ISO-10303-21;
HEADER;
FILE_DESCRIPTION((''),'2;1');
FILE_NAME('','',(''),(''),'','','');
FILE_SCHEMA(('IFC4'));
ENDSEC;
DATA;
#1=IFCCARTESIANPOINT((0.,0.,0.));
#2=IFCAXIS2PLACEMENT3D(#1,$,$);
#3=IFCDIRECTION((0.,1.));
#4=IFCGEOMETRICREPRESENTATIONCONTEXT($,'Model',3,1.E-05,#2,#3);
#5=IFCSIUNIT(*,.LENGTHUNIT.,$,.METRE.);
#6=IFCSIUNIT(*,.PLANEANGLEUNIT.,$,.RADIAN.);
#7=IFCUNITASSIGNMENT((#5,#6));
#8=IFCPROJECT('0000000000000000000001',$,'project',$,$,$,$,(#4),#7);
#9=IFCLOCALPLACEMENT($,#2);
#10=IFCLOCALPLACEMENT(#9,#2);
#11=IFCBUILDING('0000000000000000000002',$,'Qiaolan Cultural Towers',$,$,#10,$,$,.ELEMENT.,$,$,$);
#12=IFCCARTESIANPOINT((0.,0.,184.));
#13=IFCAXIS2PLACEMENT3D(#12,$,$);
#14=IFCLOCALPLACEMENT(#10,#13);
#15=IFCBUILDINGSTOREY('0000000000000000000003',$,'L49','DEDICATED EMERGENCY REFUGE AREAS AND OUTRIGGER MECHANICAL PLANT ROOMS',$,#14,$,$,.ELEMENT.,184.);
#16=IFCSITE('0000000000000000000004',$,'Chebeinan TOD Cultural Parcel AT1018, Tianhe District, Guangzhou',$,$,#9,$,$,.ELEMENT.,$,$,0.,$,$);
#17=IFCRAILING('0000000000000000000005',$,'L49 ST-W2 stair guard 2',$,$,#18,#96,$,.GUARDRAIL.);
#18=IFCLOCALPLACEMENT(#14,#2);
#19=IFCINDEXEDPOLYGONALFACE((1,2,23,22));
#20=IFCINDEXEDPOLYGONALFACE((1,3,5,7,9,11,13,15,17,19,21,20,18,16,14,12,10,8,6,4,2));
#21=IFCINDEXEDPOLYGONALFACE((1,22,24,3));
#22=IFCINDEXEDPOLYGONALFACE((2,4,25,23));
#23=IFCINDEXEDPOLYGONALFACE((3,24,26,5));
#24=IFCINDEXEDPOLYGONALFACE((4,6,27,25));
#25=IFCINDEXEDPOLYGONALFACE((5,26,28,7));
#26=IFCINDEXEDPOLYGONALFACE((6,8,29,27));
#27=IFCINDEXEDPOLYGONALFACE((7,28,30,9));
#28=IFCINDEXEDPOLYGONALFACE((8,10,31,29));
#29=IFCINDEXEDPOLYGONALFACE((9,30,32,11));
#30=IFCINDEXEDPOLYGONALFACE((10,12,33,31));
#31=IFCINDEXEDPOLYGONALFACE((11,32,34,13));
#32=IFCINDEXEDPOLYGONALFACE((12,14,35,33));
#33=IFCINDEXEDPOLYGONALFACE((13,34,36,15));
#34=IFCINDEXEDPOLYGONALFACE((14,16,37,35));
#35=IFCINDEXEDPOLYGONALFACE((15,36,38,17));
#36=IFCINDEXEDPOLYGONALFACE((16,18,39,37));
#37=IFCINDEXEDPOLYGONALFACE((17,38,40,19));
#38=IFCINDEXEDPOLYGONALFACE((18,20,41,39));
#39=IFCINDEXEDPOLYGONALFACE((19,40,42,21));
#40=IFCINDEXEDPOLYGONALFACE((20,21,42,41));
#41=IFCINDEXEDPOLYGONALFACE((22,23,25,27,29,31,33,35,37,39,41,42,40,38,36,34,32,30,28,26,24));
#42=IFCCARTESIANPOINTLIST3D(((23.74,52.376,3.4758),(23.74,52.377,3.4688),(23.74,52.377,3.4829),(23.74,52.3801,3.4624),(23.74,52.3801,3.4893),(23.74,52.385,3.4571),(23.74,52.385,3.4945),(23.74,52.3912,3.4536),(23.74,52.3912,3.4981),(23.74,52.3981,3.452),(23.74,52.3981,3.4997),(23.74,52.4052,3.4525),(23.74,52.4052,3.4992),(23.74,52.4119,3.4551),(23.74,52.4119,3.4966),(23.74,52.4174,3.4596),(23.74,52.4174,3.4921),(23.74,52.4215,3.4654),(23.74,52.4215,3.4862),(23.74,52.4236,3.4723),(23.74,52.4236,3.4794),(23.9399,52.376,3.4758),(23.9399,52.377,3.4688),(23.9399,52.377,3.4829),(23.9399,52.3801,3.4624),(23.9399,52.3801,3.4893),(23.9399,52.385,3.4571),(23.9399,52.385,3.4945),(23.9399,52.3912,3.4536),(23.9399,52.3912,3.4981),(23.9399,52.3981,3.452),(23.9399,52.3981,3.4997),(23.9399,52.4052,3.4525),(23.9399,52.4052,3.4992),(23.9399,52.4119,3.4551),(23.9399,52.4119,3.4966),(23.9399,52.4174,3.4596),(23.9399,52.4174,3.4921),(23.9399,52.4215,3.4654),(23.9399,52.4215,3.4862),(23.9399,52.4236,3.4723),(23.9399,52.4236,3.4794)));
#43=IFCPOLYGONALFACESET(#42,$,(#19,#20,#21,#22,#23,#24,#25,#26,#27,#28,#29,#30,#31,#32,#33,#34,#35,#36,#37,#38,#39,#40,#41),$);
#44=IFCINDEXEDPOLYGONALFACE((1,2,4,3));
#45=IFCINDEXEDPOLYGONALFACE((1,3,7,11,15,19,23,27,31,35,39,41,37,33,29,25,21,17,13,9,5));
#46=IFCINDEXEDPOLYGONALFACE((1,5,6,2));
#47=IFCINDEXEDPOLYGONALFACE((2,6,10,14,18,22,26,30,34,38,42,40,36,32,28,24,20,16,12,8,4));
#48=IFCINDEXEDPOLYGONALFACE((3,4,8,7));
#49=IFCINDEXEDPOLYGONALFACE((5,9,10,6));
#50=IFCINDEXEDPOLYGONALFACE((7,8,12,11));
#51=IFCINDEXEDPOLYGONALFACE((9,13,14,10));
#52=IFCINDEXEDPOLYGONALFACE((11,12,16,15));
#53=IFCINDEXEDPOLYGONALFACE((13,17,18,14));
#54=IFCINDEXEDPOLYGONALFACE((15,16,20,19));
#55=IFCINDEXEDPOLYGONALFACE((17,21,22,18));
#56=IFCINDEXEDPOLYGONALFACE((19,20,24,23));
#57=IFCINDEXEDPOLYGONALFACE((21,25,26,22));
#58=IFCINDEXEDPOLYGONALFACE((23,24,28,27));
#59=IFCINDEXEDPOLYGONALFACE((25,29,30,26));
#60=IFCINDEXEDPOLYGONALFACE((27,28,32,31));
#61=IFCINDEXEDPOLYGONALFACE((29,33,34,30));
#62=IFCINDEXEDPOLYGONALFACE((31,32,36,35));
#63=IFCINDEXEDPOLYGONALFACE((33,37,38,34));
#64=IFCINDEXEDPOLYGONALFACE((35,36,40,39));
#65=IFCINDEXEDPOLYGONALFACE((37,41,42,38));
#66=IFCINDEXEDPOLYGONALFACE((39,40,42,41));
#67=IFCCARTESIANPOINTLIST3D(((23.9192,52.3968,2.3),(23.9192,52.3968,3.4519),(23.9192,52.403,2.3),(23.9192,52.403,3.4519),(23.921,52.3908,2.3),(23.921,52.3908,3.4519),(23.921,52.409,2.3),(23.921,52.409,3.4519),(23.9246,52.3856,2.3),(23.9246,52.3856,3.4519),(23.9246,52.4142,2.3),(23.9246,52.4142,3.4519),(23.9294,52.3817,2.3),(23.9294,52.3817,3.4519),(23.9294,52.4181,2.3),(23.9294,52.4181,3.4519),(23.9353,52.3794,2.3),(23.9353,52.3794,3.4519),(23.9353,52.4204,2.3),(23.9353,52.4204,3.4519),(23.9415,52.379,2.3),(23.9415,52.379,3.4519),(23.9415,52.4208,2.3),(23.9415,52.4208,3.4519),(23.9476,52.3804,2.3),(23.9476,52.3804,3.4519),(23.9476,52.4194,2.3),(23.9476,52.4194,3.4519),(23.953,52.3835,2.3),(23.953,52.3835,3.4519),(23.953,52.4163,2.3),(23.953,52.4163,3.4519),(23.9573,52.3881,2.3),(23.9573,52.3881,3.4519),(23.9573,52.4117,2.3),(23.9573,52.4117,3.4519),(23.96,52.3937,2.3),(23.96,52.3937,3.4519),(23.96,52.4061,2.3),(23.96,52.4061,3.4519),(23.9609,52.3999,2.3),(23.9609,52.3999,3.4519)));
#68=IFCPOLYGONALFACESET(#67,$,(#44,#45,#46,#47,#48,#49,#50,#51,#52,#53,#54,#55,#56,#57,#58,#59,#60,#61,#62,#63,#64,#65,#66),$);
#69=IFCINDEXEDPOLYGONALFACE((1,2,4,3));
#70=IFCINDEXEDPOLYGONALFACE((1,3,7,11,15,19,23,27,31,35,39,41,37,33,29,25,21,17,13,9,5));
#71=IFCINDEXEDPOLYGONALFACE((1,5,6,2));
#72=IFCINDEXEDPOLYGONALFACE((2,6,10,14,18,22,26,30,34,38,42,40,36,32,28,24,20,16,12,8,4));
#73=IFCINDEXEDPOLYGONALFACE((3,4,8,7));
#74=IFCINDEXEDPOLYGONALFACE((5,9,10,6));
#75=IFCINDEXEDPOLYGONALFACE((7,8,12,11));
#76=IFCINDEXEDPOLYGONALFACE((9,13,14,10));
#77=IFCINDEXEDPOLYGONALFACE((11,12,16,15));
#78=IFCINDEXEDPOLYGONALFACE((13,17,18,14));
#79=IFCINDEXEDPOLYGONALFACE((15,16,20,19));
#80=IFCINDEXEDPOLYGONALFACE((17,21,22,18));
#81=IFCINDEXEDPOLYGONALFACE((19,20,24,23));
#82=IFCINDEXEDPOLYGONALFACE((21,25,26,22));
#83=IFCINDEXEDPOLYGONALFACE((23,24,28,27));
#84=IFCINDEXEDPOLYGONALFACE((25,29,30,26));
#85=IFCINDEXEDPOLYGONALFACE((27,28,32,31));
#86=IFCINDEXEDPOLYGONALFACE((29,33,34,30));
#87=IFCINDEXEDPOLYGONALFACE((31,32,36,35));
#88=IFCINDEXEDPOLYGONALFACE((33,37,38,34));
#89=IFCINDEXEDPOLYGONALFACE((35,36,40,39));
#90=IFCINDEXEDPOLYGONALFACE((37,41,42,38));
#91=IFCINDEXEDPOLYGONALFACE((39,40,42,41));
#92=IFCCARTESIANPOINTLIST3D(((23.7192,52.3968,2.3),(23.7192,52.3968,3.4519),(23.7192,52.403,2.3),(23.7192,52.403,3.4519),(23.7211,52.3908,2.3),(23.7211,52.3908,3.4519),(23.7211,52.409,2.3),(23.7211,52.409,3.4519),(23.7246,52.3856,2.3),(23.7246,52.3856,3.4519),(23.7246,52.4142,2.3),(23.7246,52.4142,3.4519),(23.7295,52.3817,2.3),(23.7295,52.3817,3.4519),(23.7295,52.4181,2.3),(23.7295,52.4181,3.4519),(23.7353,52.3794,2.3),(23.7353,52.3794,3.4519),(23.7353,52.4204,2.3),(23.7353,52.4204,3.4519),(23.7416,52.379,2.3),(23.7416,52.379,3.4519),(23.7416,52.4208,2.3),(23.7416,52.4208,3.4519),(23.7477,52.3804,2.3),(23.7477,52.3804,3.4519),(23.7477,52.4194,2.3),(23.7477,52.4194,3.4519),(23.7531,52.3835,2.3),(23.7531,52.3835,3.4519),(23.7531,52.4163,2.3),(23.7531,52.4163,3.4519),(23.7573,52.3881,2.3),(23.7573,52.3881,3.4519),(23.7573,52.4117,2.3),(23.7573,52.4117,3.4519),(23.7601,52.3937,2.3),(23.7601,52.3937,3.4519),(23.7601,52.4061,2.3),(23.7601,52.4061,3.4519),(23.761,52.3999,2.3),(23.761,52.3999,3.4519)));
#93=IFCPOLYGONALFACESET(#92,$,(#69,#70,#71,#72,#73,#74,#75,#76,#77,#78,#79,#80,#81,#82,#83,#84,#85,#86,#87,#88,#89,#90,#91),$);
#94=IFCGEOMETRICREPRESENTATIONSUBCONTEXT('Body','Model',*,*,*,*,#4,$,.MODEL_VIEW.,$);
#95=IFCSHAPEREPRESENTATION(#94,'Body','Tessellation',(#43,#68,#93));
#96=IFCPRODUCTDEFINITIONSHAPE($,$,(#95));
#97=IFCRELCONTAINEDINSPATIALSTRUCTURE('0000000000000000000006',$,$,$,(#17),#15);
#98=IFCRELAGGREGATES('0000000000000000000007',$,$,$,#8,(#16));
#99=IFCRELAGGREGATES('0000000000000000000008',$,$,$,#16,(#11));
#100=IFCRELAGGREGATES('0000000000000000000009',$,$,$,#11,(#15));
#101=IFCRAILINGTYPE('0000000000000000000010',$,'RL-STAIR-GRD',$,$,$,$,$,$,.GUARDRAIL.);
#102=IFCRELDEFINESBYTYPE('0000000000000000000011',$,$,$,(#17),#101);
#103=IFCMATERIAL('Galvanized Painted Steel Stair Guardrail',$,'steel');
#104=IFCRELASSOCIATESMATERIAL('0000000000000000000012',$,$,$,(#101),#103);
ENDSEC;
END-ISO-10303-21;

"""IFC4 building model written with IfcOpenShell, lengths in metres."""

from ifc_helpers import new_model, si_unit, direction, frame, origin, origin_2d, place, context, subcontext, project, spatial, circle, extrude, material, type_object, element, save


model = new_model("IFC4")

# Units and contexts
model_context = context("Model", 3, precision=1e-05, world=origin(), true_north=direction((0.0, 1.0)))
body_context = subcontext(model_context, "Body", "Model", "MODEL_VIEW")
ifc_project = project(units=[si_unit("LENGTHUNIT", "METRE"), si_unit("PLANEANGLEUNIT", "RADIAN")], contexts=[model_context])

# Site, building, storey
site_placement = place(None, origin())
site = spatial("IfcSite", under=ifc_project, at=site_placement, Name="Chebeinan TOD Cultural Parcel AT1018, Tianhe District, Guangzhou", CompositionType="ELEMENT", RefElevation=0.0)
building_placement = place(site_placement, origin())
building = spatial("IfcBuilding", under=site, at=building_placement, Name="Qiaolan Cultural Towers", CompositionType="ELEMENT")
storey_placement = place(building_placement, frame((0.0, 0.0, 184.0)))
storey = spatial("IfcBuildingStorey", under=building, at=storey_placement, Name="L49", Description="DEDICATED EMERGENCY REFUGE AREAS AND OUTRIGGER MECHANICAL PLANT ROOMS", CompositionType="ELEMENT", Elevation=184.0)

# Railing
ifc_material_1 = material(Name="Galvanized Painted Steel Stair Guardrail", Category="steel")
railing_type_1 = type_object("IfcRailingType", Name="RL-STAIR-GRD", PredefinedType="GUARDRAIL", material=ifc_material_1)
railing_1_placement = place(storey_placement, frame((23.9399, 52.3999, 2.3)))
element("IfcRailing", 1, at=railing_1_placement, inside=storey, type_object=railing_type_1, Name="L49 ST-W2 stair guard 2", PredefinedType="GUARDRAIL", context=body_context, shape_type="SweptSolid", body=[
    extrude(circle(Radius=0.0239, at=origin_2d()), frame((0.0, 0.0, 1.1758), z_axis=(-1.0, 0.0, 0.0), x_axis=(0.0, -1.0, 0.0)), (0.0, 0.0, 1.0), 0.2),
    extrude(circle(Radius=0.021, at=origin_2d()), origin(), (0.0, 0.0, 1.0), 1.1519),
    extrude(circle(Radius=0.021, at=origin_2d()), frame((-0.2, 0.0, 0.0)), (0.0, 0.0, 1.0), 1.1519),
])

save(model, "model.ifc")
